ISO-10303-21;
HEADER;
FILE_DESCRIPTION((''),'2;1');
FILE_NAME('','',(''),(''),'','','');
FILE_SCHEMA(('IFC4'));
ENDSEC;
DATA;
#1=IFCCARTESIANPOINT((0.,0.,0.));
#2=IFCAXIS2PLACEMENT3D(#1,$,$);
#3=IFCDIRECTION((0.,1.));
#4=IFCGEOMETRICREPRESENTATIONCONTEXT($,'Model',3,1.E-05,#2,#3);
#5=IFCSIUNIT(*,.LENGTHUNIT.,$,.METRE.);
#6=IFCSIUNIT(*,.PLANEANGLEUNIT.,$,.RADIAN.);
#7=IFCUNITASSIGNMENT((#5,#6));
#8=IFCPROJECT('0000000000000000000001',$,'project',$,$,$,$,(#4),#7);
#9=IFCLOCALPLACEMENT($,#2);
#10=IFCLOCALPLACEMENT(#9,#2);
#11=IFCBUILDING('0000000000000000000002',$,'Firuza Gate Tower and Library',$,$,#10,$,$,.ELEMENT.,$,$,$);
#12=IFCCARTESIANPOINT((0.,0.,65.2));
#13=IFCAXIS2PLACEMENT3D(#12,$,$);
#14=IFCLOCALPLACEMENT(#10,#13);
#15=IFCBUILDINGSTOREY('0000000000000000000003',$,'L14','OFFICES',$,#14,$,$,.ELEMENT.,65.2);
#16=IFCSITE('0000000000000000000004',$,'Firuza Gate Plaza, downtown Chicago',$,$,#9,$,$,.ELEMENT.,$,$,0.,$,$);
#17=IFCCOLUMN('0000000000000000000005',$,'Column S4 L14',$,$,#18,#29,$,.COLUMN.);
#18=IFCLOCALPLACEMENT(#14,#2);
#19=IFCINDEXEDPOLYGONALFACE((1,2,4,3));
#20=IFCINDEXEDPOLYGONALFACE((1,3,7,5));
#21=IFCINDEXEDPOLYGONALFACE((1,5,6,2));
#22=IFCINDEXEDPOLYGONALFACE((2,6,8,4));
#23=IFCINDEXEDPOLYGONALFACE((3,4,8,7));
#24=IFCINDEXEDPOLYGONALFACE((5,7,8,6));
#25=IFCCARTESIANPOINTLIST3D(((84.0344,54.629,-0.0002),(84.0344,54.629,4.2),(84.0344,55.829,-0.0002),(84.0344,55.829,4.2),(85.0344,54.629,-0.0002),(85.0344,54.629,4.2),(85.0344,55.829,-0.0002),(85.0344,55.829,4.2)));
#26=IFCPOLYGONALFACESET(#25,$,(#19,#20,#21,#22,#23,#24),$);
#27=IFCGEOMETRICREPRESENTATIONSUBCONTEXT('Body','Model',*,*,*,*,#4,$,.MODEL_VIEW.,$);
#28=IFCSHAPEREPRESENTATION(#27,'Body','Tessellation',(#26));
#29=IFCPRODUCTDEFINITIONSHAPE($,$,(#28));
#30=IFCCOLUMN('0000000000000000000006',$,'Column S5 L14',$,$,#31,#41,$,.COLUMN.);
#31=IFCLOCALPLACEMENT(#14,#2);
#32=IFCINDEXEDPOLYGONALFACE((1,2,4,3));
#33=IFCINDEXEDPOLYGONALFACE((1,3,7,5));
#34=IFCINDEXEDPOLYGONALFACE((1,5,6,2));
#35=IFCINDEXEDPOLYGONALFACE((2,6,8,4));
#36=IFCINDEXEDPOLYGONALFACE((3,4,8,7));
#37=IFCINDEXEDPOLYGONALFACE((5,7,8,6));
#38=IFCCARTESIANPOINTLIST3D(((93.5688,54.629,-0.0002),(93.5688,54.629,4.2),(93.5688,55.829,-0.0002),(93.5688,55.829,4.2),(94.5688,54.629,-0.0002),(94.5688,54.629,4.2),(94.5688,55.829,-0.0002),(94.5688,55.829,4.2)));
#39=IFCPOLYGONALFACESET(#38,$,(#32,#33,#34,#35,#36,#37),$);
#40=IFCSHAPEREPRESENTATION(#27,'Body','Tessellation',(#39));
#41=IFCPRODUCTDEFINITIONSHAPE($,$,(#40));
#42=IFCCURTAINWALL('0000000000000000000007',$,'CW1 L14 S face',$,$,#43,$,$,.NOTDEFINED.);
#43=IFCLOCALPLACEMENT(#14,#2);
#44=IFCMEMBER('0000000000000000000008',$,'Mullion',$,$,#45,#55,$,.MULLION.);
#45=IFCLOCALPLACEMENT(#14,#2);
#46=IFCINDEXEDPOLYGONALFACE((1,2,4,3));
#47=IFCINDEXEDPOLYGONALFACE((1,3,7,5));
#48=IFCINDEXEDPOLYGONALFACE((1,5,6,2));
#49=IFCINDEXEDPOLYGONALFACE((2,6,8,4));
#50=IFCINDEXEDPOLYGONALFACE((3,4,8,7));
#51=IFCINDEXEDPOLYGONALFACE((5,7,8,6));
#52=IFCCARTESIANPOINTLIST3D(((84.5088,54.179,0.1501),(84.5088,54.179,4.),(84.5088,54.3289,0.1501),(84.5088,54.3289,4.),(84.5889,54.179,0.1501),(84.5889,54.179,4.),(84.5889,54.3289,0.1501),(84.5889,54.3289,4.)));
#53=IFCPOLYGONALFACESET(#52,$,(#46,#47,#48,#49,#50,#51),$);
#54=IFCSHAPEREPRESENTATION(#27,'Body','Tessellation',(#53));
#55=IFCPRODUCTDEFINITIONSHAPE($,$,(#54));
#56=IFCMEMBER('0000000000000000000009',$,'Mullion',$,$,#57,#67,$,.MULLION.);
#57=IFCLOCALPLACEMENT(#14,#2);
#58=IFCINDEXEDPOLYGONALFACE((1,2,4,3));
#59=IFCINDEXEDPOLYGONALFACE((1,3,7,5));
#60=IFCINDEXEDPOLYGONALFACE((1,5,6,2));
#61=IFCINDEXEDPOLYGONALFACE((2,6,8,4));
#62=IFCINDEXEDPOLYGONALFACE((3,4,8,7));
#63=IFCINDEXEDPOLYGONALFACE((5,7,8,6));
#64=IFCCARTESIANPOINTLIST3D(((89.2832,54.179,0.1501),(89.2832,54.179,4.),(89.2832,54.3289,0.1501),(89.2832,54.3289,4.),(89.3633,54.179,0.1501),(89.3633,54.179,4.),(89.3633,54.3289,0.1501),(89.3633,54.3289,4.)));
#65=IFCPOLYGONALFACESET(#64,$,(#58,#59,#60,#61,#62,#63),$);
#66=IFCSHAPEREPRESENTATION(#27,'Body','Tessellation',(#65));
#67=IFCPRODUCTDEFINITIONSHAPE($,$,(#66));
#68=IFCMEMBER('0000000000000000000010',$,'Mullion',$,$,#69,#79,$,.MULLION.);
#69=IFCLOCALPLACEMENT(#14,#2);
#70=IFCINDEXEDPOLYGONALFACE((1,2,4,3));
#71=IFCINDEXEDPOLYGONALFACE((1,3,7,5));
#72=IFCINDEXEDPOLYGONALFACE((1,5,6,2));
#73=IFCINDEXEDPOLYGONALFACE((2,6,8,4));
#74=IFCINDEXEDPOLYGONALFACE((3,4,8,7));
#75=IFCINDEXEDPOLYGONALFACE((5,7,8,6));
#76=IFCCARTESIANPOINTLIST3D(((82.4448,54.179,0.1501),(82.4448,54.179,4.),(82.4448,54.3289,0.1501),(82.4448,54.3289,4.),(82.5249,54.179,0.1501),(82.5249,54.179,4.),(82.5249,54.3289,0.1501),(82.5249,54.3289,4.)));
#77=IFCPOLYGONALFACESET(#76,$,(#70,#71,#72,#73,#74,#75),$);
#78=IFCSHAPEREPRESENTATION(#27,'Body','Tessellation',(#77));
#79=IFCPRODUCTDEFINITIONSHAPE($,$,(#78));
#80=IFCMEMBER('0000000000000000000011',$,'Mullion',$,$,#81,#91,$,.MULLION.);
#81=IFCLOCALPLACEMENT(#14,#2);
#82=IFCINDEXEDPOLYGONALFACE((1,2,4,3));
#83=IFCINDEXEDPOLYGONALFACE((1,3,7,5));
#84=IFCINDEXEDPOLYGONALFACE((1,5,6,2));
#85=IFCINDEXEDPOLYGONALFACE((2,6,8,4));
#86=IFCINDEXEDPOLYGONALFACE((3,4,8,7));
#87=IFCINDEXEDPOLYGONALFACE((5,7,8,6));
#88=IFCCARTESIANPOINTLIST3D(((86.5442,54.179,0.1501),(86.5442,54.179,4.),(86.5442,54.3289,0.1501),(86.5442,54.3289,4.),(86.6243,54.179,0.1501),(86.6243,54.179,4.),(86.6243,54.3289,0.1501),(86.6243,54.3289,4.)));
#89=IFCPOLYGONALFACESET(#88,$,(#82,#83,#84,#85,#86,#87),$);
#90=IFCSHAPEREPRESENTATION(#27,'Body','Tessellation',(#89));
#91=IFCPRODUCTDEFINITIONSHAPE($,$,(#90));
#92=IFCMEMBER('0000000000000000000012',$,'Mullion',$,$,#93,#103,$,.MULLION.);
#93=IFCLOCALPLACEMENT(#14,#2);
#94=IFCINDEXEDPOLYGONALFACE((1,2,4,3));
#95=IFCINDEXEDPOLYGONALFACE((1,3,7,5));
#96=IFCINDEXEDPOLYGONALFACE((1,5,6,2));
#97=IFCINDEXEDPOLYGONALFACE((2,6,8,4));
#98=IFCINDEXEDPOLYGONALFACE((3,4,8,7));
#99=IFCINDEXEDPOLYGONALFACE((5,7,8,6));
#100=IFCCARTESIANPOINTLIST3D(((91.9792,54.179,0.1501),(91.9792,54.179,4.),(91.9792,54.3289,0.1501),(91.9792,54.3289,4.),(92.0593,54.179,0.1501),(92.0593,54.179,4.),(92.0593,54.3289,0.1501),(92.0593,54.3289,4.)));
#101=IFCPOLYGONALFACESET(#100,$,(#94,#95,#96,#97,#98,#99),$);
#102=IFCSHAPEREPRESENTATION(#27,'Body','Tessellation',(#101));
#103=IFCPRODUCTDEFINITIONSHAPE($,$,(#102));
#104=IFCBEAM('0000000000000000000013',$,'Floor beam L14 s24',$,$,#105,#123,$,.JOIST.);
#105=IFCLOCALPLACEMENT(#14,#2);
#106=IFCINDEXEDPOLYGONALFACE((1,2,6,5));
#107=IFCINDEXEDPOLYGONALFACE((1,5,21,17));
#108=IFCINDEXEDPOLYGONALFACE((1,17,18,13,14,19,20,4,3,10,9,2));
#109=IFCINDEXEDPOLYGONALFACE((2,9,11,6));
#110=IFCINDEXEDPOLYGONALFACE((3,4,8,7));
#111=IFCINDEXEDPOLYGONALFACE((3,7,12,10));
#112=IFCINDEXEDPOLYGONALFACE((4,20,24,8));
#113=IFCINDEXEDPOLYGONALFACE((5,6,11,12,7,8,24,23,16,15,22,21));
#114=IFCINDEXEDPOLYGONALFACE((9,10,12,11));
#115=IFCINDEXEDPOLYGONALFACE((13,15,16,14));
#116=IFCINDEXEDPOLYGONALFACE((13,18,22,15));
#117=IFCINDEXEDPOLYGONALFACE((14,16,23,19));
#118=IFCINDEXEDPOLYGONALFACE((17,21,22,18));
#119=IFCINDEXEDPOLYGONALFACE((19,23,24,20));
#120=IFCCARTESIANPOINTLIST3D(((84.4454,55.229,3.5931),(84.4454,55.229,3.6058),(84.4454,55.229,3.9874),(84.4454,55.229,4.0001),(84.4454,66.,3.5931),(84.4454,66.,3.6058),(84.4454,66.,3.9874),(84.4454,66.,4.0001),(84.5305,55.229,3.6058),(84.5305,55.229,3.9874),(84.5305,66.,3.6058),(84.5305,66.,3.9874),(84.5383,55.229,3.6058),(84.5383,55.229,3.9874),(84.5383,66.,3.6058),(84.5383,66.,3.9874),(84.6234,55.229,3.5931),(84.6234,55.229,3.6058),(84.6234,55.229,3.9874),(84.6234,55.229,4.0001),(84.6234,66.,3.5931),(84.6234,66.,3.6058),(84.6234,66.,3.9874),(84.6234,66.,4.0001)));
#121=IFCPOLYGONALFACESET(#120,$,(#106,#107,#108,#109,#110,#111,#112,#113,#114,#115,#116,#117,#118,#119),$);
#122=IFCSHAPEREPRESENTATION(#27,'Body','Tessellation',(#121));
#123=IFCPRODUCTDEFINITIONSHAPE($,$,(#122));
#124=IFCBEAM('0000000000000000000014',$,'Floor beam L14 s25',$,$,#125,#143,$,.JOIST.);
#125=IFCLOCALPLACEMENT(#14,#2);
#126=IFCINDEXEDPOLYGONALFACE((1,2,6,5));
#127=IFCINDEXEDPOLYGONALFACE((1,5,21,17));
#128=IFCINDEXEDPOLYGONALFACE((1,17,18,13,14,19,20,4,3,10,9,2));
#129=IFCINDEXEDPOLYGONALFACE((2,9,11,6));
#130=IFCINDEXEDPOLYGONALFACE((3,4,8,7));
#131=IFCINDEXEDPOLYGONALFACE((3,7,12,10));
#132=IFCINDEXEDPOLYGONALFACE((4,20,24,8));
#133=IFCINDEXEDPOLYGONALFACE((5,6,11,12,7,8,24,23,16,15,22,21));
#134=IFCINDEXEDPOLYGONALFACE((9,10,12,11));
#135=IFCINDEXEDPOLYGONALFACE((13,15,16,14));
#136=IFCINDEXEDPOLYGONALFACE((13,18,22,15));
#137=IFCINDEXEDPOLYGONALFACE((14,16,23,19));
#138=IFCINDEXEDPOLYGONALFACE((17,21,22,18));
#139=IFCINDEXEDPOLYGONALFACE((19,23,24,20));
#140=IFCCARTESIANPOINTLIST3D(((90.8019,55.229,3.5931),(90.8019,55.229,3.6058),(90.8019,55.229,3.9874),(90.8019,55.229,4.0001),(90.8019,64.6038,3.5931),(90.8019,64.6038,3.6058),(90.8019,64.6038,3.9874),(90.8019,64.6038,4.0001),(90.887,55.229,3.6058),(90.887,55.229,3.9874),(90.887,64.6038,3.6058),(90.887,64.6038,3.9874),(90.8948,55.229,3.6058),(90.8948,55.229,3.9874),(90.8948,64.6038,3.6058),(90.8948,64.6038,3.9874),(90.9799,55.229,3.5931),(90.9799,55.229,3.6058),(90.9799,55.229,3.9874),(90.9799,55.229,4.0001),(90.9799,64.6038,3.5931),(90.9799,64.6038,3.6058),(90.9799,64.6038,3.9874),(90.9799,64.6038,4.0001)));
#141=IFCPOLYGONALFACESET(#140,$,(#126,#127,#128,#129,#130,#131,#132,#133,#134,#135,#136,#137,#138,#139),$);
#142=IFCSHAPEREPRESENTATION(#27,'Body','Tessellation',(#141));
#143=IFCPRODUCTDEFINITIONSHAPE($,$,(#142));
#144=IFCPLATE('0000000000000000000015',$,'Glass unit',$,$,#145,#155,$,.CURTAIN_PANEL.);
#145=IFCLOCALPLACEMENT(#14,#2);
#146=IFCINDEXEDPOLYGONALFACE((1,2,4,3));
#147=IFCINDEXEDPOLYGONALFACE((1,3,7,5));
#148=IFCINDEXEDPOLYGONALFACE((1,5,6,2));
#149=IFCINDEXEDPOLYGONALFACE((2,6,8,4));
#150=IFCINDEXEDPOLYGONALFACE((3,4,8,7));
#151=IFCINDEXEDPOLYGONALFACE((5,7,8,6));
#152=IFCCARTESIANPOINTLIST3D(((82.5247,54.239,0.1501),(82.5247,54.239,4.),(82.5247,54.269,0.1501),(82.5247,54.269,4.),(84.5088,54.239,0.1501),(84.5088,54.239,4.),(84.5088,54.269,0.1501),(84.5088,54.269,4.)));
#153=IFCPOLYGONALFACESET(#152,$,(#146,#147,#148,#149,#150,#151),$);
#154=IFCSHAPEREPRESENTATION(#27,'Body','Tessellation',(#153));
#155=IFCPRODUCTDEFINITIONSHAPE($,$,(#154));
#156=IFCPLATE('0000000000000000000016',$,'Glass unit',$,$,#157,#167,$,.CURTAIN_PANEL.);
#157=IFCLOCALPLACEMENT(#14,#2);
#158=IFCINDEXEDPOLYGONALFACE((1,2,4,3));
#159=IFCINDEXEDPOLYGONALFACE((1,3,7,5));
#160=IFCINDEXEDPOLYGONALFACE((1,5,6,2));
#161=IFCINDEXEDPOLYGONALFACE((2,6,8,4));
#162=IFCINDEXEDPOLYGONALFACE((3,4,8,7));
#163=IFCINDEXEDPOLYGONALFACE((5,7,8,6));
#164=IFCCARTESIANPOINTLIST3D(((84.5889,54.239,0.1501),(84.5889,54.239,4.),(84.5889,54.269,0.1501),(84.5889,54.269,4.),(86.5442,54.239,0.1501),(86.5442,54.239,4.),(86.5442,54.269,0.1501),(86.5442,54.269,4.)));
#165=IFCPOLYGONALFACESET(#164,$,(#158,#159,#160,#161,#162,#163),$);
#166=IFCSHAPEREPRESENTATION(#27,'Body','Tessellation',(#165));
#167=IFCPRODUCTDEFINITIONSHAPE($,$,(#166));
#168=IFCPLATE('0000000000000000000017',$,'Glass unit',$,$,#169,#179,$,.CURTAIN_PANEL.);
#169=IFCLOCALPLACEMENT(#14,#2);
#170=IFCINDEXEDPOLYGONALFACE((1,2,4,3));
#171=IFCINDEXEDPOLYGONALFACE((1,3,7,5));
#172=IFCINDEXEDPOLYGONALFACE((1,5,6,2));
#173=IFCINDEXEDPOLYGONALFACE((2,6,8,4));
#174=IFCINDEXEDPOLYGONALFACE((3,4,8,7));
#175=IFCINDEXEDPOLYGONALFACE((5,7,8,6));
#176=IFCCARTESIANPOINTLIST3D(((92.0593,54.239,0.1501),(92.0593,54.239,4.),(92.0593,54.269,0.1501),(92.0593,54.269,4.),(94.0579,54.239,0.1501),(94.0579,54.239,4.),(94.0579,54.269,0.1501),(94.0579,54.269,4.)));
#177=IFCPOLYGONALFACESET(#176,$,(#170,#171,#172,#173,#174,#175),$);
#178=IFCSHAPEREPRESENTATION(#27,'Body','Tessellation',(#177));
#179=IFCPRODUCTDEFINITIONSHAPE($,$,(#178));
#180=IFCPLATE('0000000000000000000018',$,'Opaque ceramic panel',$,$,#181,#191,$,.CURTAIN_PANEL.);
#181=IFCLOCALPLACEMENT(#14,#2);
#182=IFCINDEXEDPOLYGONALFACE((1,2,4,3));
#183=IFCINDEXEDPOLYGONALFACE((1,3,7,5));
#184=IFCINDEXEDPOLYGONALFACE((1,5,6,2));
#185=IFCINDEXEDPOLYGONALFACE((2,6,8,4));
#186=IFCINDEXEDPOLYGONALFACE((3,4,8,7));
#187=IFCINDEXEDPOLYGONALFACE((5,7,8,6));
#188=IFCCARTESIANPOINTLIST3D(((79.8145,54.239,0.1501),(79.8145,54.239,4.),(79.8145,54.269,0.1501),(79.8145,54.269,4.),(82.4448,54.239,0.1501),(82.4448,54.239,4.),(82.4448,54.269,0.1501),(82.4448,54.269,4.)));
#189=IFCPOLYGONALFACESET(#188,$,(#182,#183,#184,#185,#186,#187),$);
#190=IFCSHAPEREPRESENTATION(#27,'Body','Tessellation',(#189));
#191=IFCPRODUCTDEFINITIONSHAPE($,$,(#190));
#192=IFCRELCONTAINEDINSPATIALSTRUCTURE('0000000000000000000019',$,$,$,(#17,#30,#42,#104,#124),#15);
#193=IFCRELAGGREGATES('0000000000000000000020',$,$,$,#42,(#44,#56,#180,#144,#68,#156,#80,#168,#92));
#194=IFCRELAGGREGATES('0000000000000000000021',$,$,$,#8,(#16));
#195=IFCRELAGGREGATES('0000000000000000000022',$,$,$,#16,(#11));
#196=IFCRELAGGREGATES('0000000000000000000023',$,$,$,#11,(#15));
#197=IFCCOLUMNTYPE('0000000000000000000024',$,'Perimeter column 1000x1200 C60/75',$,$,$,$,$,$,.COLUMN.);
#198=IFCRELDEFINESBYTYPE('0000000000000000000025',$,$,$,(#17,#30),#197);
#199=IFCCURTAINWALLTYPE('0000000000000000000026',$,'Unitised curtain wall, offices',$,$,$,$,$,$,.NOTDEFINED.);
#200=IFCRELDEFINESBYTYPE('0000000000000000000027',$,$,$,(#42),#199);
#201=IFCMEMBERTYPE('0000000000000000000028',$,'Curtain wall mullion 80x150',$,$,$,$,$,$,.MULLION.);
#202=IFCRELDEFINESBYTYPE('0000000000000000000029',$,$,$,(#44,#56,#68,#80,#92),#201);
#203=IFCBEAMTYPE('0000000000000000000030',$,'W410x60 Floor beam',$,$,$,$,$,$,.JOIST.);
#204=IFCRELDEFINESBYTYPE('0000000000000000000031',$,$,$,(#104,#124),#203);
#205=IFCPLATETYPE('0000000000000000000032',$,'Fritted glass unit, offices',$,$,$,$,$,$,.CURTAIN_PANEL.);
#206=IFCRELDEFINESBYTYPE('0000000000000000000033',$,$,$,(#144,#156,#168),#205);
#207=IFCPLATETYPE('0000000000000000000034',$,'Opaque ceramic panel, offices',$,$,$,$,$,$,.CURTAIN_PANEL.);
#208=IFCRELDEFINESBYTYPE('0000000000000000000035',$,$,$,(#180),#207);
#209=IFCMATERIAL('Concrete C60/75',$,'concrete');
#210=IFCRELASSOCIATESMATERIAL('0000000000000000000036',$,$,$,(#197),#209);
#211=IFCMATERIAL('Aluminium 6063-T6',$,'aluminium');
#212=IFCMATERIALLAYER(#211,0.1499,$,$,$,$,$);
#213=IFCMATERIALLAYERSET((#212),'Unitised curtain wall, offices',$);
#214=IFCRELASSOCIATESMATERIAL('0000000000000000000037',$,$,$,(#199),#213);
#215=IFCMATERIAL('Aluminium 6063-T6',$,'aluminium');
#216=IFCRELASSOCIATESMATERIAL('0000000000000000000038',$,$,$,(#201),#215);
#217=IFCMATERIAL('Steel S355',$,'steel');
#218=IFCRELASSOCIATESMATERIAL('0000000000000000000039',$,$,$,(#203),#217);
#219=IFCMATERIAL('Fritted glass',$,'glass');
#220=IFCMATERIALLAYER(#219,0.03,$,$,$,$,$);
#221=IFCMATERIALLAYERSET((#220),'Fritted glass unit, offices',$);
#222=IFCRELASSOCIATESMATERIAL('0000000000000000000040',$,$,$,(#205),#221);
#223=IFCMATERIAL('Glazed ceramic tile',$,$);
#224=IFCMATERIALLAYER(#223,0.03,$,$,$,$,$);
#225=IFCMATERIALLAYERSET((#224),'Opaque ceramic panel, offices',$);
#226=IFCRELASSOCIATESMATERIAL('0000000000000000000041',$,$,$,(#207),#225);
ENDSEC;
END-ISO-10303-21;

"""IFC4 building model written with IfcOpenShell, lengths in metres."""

from ifc_helpers import new_model, si_unit, direction, frame, origin, origin_2d, place, context, subcontext, project, spatial, polyline, rectangle, i_section, outline, extrude, material, layer, layer_set, material_profile, profile_set, type_object, element, aggregate, save


model = new_model("IFC4")

# Units and contexts
model_context = context("Model", 3, precision=1e-05, world=origin(), true_north=direction((0.0, 1.0)))
body_context = subcontext(model_context, "Body", "Model", "MODEL_VIEW")
ifc_project = project(units=[si_unit("LENGTHUNIT", "METRE"), si_unit("PLANEANGLEUNIT", "RADIAN")], contexts=[model_context])

# Site, building, storey
site_placement = place(None, origin())
site = spatial("IfcSite", under=ifc_project, at=site_placement, Name="Firuza Gate Plaza, downtown Chicago", CompositionType="ELEMENT", RefElevation=0.0)
building_placement = place(site_placement, origin())
building = spatial("IfcBuilding", under=site, at=building_placement, Name="Firuza Gate Tower and Library", CompositionType="ELEMENT")
storey_placement = place(building_placement, frame((0.0, 0.0, 65.2)))
storey = spatial("IfcBuildingStorey", under=building, at=storey_placement, Name="L14", Description="OFFICES", CompositionType="ELEMENT", Elevation=65.2)

# Columns
ifc_material_1 = material(Name="Concrete C60/75", Category="concrete")
ifc_material_profile_1 = material_profile(ifc_material_1, rectangle(XDim=1.0, YDim=1.2, at=origin_2d()))
ifc_profile_set_1 = profile_set([ifc_material_profile_1], Name="Concrete C60/75")
column_type = type_object("IfcColumnType", Name="Perimeter column 1000x1200 C60/75", PredefinedType="COLUMN", material=ifc_profile_set_1)
for number, where, z_axis, x_axis, name in (
    (1, (84.5344, 55.229, -0.0002), (0.0, 0.0, 1.0), (1.0, 0.0, 0.0), "Column S4 L14"),
    (2, (94.0688, 55.229, -0.0002), (0.0, 0.0, 1.0), (1.0, 0.0, 0.0), "Column S5 L14"),
):
    element("IfcColumn", number, at=place(storey_placement, frame(where, z_axis=z_axis, x_axis=x_axis)), inside=storey, type_object=column_type, Name=name, PredefinedType="COLUMN", context=body_context, shape_type="SweptSolid", body=[
        extrude(rectangle(XDim=1.0, YDim=1.2, at=origin_2d()), origin(), (0.0, 0.0, 1.0), 4.2002),
    ])

# Curtain wall, members
ifc_material_2 = material(Name="Aluminium 6063-T6", Category="aluminium")
ifc_layer_1 = layer(ifc_material_2, 0.1499)
ifc_layer_set_1 = layer_set([ifc_layer_1], Name="Unitised curtain wall, offices")
curtain_wall_type = type_object("IfcCurtainWallType", Name="Unitised curtain wall, offices", PredefinedType="NOTDEFINED", material=ifc_layer_set_1)
curtain_wall_placement = place(storey_placement, origin())
curtain_wall = element("IfcCurtainWall", 3, at=curtain_wall_placement, inside=storey, type_object=curtain_wall_type, Name="CW1 L14 S face", PredefinedType="NOTDEFINED")
ifc_material_3 = material(Name="Aluminium 6063-T6", Category="aluminium")
ifc_material_profile_2 = material_profile(ifc_material_3, rectangle(XDim=0.1499, YDim=0.0801, at=origin_2d()))
ifc_profile_set_2 = profile_set([ifc_material_profile_2], Name="Aluminium 6063-T6")
member_type = type_object("IfcMemberType", Name="Curtain wall mullion 80x150", PredefinedType="MULLION", material=ifc_profile_set_2)
member_1_placement = place(storey_placement, frame((84.5488, 54.2539, 0.1501), z_axis=(0.0, 0.0, 1.0), x_axis=(0.0, 1.0, 0.0)))
member_1 = element("IfcMember", 4, at=member_1_placement, type_object=member_type, Name="Mullion", PredefinedType="MULLION", context=body_context, shape_type="SweptSolid", body=[
    extrude(rectangle(XDim=0.1499, YDim=0.0801, at=origin_2d()), origin(), (0.0, 0.0, 1.0), 3.8499),
])
member_2_placement = place(storey_placement, frame((89.3232, 54.2539, 0.1501), z_axis=(0.0, 0.0, 1.0), x_axis=(0.0, 1.0, 0.0)))
member_2 = element("IfcMember", 5, at=member_2_placement, type_object=member_type, Name="Mullion", PredefinedType="MULLION", context=body_context, shape_type="SweptSolid", body=[
    extrude(rectangle(XDim=0.1499, YDim=0.0801, at=origin_2d()), origin(), (0.0, 0.0, 1.0), 3.8499),
])
member_3_placement = place(storey_placement, frame((82.4849, 54.2539, 0.1501), z_axis=(0.0, 0.0, 1.0), x_axis=(0.0, 1.0, 0.0)))
member_3 = element("IfcMember", 6, at=member_3_placement, type_object=member_type, Name="Mullion", PredefinedType="MULLION", context=body_context, shape_type="SweptSolid", body=[
    extrude(rectangle(XDim=0.1499, YDim=0.0801, at=origin_2d()), origin(), (0.0, 0.0, 1.0), 3.8499),
])
member_4_placement = place(storey_placement, frame((86.5842, 54.2539, 0.1501), z_axis=(0.0, 0.0, 1.0), x_axis=(0.0, 1.0, 0.0)))
member_4 = element("IfcMember", 7, at=member_4_placement, type_object=member_type, Name="Mullion", PredefinedType="MULLION", context=body_context, shape_type="SweptSolid", body=[
    extrude(rectangle(XDim=0.1499, YDim=0.0801, at=origin_2d()), origin(), (0.0, 0.0, 1.0), 3.8499),
])
member_5_placement = place(storey_placement, frame((92.0193, 54.2539, 0.1501), z_axis=(0.0, 0.0, 1.0), x_axis=(0.0, 1.0, 0.0)))
member_5 = element("IfcMember", 8, at=member_5_placement, type_object=member_type, Name="Mullion", PredefinedType="MULLION", context=body_context, shape_type="SweptSolid", body=[
    extrude(rectangle(XDim=0.1499, YDim=0.0801, at=origin_2d()), origin(), (0.0, 0.0, 1.0), 3.8499),
])

# Beams
ifc_material_4 = material(Name="Steel S355", Category="steel")
ifc_material_profile_3 = material_profile(ifc_material_4, i_section(OverallWidth=0.178, OverallDepth=0.407, WebThickness=0.0078, FlangeThickness=0.0127, at=origin_2d()))
ifc_profile_set_3 = profile_set([ifc_material_profile_3], Name="Steel S355")
beam_type = type_object("IfcBeamType", Name="W410x60 Floor beam", PredefinedType="JOIST", material=ifc_profile_set_3)
beam_1_placement = place(storey_placement, frame((84.5344, 55.229, 3.7966), z_axis=(0.0, 1.0, 0.0), x_axis=(-1.0, 0.0, 0.0)))
element("IfcBeam", 9, at=beam_1_placement, inside=storey, type_object=beam_type, Name="Floor beam L14 s24", PredefinedType="JOIST", context=body_context, shape_type="SweptSolid", body=[
    extrude(i_section(OverallWidth=0.178, OverallDepth=0.407, WebThickness=0.0078, FlangeThickness=0.0127, at=origin_2d()), origin(), (0.0, 0.0, 1.0), 10.771),
])
beam_2_placement = place(storey_placement, frame((90.8909, 55.229, 3.7966), z_axis=(0.0, 1.0, 0.0), x_axis=(-1.0, 0.0, 0.0)))
element("IfcBeam", 10, at=beam_2_placement, inside=storey, type_object=beam_type, Name="Floor beam L14 s25", PredefinedType="JOIST", context=body_context, shape_type="SweptSolid", body=[
    extrude(i_section(OverallWidth=0.178, OverallDepth=0.407, WebThickness=0.0078, FlangeThickness=0.0127, at=origin_2d()), origin(), (0.0, 0.0, 1.0), 9.3748),
])

# Plates
ifc_material_5 = material(Name="Fritted glass", Category="glass")
ifc_layer_2 = layer(ifc_material_5, 0.03)
ifc_layer_set_2 = layer_set([ifc_layer_2], Name="Fritted glass unit, offices")
plate_type_1 = type_object("IfcPlateType", Name="Fritted glass unit, offices", PredefinedType="CURTAIN_PANEL", material=ifc_layer_set_2)
plate_1_placement = place(storey_placement, frame((82.5247, 54.239, 0.1501), z_axis=(0.0, -1.0, 0.0), x_axis=(1.0, 0.0, 0.0)))
plate_1 = element("IfcPlate", 11, at=plate_1_placement, type_object=plate_type_1, Name="Glass unit", PredefinedType="CURTAIN_PANEL", context=body_context, shape_type="SweptSolid", body=[
    extrude(outline(polyline([(0.0, 0.0), (1.9841, 0.0), (1.9841, 3.8499), (0.0, 3.8499), (0.0, 0.0)])), origin(), (0.0, 0.0, -1.0), 0.03),
])
plate_2_placement = place(storey_placement, frame((84.5889, 54.239, 0.1501), z_axis=(0.0, -1.0, 0.0), x_axis=(1.0, 0.0, 0.0)))
plate_2 = element("IfcPlate", 12, at=plate_2_placement, type_object=plate_type_1, Name="Glass unit", PredefinedType="CURTAIN_PANEL", context=body_context, shape_type="SweptSolid", body=[
    extrude(outline(polyline([(0.0, 0.0), (1.9553, 0.0), (1.9553, 3.8499), (0.0, 3.8499), (0.0, 0.0)])), origin(), (0.0, 0.0, -1.0), 0.03),
])
plate_3_placement = place(storey_placement, frame((92.0593, 54.239, 0.1501), z_axis=(0.0, -1.0, 0.0), x_axis=(1.0, 0.0, 0.0)))
plate_3 = element("IfcPlate", 13, at=plate_3_placement, type_object=plate_type_1, Name="Glass unit", PredefinedType="CURTAIN_PANEL", context=body_context, shape_type="SweptSolid", body=[
    extrude(outline(polyline([(0.0, 0.0), (1.9985, 0.0), (1.9985, 3.8499), (0.0, 3.8499), (0.0, 0.0)])), origin(), (0.0, 0.0, -1.0), 0.03),
])
ifc_material_6 = material(Name="Glazed ceramic tile")
ifc_layer_3 = layer(ifc_material_6, 0.03)
ifc_layer_set_3 = layer_set([ifc_layer_3], Name="Opaque ceramic panel, offices")
plate_type_2 = type_object("IfcPlateType", Name="Opaque ceramic panel, offices", PredefinedType="CURTAIN_PANEL", material=ifc_layer_set_3)
plate_4_placement = place(storey_placement, frame((79.8145, 54.239, 0.1501), z_axis=(0.0, -1.0, 0.0), x_axis=(1.0, 0.0, 0.0)))
plate_4 = element("IfcPlate", 14, at=plate_4_placement, type_object=plate_type_2, Name="Opaque ceramic panel", PredefinedType="CURTAIN_PANEL", context=body_context, shape_type="SweptSolid", body=[
    extrude(outline(polyline([(0.0, 0.0), (2.6304, 0.0), (2.6304, 3.8499), (0.0, 3.8499), (0.0, 0.0)])), origin(), (0.0, 0.0, -1.0), 0.03),
])
aggregate(curtain_wall, [member_1, member_2, plate_4, plate_1, member_3, plate_2, member_4, plate_3, member_5])

save(model, "model.ifc")
